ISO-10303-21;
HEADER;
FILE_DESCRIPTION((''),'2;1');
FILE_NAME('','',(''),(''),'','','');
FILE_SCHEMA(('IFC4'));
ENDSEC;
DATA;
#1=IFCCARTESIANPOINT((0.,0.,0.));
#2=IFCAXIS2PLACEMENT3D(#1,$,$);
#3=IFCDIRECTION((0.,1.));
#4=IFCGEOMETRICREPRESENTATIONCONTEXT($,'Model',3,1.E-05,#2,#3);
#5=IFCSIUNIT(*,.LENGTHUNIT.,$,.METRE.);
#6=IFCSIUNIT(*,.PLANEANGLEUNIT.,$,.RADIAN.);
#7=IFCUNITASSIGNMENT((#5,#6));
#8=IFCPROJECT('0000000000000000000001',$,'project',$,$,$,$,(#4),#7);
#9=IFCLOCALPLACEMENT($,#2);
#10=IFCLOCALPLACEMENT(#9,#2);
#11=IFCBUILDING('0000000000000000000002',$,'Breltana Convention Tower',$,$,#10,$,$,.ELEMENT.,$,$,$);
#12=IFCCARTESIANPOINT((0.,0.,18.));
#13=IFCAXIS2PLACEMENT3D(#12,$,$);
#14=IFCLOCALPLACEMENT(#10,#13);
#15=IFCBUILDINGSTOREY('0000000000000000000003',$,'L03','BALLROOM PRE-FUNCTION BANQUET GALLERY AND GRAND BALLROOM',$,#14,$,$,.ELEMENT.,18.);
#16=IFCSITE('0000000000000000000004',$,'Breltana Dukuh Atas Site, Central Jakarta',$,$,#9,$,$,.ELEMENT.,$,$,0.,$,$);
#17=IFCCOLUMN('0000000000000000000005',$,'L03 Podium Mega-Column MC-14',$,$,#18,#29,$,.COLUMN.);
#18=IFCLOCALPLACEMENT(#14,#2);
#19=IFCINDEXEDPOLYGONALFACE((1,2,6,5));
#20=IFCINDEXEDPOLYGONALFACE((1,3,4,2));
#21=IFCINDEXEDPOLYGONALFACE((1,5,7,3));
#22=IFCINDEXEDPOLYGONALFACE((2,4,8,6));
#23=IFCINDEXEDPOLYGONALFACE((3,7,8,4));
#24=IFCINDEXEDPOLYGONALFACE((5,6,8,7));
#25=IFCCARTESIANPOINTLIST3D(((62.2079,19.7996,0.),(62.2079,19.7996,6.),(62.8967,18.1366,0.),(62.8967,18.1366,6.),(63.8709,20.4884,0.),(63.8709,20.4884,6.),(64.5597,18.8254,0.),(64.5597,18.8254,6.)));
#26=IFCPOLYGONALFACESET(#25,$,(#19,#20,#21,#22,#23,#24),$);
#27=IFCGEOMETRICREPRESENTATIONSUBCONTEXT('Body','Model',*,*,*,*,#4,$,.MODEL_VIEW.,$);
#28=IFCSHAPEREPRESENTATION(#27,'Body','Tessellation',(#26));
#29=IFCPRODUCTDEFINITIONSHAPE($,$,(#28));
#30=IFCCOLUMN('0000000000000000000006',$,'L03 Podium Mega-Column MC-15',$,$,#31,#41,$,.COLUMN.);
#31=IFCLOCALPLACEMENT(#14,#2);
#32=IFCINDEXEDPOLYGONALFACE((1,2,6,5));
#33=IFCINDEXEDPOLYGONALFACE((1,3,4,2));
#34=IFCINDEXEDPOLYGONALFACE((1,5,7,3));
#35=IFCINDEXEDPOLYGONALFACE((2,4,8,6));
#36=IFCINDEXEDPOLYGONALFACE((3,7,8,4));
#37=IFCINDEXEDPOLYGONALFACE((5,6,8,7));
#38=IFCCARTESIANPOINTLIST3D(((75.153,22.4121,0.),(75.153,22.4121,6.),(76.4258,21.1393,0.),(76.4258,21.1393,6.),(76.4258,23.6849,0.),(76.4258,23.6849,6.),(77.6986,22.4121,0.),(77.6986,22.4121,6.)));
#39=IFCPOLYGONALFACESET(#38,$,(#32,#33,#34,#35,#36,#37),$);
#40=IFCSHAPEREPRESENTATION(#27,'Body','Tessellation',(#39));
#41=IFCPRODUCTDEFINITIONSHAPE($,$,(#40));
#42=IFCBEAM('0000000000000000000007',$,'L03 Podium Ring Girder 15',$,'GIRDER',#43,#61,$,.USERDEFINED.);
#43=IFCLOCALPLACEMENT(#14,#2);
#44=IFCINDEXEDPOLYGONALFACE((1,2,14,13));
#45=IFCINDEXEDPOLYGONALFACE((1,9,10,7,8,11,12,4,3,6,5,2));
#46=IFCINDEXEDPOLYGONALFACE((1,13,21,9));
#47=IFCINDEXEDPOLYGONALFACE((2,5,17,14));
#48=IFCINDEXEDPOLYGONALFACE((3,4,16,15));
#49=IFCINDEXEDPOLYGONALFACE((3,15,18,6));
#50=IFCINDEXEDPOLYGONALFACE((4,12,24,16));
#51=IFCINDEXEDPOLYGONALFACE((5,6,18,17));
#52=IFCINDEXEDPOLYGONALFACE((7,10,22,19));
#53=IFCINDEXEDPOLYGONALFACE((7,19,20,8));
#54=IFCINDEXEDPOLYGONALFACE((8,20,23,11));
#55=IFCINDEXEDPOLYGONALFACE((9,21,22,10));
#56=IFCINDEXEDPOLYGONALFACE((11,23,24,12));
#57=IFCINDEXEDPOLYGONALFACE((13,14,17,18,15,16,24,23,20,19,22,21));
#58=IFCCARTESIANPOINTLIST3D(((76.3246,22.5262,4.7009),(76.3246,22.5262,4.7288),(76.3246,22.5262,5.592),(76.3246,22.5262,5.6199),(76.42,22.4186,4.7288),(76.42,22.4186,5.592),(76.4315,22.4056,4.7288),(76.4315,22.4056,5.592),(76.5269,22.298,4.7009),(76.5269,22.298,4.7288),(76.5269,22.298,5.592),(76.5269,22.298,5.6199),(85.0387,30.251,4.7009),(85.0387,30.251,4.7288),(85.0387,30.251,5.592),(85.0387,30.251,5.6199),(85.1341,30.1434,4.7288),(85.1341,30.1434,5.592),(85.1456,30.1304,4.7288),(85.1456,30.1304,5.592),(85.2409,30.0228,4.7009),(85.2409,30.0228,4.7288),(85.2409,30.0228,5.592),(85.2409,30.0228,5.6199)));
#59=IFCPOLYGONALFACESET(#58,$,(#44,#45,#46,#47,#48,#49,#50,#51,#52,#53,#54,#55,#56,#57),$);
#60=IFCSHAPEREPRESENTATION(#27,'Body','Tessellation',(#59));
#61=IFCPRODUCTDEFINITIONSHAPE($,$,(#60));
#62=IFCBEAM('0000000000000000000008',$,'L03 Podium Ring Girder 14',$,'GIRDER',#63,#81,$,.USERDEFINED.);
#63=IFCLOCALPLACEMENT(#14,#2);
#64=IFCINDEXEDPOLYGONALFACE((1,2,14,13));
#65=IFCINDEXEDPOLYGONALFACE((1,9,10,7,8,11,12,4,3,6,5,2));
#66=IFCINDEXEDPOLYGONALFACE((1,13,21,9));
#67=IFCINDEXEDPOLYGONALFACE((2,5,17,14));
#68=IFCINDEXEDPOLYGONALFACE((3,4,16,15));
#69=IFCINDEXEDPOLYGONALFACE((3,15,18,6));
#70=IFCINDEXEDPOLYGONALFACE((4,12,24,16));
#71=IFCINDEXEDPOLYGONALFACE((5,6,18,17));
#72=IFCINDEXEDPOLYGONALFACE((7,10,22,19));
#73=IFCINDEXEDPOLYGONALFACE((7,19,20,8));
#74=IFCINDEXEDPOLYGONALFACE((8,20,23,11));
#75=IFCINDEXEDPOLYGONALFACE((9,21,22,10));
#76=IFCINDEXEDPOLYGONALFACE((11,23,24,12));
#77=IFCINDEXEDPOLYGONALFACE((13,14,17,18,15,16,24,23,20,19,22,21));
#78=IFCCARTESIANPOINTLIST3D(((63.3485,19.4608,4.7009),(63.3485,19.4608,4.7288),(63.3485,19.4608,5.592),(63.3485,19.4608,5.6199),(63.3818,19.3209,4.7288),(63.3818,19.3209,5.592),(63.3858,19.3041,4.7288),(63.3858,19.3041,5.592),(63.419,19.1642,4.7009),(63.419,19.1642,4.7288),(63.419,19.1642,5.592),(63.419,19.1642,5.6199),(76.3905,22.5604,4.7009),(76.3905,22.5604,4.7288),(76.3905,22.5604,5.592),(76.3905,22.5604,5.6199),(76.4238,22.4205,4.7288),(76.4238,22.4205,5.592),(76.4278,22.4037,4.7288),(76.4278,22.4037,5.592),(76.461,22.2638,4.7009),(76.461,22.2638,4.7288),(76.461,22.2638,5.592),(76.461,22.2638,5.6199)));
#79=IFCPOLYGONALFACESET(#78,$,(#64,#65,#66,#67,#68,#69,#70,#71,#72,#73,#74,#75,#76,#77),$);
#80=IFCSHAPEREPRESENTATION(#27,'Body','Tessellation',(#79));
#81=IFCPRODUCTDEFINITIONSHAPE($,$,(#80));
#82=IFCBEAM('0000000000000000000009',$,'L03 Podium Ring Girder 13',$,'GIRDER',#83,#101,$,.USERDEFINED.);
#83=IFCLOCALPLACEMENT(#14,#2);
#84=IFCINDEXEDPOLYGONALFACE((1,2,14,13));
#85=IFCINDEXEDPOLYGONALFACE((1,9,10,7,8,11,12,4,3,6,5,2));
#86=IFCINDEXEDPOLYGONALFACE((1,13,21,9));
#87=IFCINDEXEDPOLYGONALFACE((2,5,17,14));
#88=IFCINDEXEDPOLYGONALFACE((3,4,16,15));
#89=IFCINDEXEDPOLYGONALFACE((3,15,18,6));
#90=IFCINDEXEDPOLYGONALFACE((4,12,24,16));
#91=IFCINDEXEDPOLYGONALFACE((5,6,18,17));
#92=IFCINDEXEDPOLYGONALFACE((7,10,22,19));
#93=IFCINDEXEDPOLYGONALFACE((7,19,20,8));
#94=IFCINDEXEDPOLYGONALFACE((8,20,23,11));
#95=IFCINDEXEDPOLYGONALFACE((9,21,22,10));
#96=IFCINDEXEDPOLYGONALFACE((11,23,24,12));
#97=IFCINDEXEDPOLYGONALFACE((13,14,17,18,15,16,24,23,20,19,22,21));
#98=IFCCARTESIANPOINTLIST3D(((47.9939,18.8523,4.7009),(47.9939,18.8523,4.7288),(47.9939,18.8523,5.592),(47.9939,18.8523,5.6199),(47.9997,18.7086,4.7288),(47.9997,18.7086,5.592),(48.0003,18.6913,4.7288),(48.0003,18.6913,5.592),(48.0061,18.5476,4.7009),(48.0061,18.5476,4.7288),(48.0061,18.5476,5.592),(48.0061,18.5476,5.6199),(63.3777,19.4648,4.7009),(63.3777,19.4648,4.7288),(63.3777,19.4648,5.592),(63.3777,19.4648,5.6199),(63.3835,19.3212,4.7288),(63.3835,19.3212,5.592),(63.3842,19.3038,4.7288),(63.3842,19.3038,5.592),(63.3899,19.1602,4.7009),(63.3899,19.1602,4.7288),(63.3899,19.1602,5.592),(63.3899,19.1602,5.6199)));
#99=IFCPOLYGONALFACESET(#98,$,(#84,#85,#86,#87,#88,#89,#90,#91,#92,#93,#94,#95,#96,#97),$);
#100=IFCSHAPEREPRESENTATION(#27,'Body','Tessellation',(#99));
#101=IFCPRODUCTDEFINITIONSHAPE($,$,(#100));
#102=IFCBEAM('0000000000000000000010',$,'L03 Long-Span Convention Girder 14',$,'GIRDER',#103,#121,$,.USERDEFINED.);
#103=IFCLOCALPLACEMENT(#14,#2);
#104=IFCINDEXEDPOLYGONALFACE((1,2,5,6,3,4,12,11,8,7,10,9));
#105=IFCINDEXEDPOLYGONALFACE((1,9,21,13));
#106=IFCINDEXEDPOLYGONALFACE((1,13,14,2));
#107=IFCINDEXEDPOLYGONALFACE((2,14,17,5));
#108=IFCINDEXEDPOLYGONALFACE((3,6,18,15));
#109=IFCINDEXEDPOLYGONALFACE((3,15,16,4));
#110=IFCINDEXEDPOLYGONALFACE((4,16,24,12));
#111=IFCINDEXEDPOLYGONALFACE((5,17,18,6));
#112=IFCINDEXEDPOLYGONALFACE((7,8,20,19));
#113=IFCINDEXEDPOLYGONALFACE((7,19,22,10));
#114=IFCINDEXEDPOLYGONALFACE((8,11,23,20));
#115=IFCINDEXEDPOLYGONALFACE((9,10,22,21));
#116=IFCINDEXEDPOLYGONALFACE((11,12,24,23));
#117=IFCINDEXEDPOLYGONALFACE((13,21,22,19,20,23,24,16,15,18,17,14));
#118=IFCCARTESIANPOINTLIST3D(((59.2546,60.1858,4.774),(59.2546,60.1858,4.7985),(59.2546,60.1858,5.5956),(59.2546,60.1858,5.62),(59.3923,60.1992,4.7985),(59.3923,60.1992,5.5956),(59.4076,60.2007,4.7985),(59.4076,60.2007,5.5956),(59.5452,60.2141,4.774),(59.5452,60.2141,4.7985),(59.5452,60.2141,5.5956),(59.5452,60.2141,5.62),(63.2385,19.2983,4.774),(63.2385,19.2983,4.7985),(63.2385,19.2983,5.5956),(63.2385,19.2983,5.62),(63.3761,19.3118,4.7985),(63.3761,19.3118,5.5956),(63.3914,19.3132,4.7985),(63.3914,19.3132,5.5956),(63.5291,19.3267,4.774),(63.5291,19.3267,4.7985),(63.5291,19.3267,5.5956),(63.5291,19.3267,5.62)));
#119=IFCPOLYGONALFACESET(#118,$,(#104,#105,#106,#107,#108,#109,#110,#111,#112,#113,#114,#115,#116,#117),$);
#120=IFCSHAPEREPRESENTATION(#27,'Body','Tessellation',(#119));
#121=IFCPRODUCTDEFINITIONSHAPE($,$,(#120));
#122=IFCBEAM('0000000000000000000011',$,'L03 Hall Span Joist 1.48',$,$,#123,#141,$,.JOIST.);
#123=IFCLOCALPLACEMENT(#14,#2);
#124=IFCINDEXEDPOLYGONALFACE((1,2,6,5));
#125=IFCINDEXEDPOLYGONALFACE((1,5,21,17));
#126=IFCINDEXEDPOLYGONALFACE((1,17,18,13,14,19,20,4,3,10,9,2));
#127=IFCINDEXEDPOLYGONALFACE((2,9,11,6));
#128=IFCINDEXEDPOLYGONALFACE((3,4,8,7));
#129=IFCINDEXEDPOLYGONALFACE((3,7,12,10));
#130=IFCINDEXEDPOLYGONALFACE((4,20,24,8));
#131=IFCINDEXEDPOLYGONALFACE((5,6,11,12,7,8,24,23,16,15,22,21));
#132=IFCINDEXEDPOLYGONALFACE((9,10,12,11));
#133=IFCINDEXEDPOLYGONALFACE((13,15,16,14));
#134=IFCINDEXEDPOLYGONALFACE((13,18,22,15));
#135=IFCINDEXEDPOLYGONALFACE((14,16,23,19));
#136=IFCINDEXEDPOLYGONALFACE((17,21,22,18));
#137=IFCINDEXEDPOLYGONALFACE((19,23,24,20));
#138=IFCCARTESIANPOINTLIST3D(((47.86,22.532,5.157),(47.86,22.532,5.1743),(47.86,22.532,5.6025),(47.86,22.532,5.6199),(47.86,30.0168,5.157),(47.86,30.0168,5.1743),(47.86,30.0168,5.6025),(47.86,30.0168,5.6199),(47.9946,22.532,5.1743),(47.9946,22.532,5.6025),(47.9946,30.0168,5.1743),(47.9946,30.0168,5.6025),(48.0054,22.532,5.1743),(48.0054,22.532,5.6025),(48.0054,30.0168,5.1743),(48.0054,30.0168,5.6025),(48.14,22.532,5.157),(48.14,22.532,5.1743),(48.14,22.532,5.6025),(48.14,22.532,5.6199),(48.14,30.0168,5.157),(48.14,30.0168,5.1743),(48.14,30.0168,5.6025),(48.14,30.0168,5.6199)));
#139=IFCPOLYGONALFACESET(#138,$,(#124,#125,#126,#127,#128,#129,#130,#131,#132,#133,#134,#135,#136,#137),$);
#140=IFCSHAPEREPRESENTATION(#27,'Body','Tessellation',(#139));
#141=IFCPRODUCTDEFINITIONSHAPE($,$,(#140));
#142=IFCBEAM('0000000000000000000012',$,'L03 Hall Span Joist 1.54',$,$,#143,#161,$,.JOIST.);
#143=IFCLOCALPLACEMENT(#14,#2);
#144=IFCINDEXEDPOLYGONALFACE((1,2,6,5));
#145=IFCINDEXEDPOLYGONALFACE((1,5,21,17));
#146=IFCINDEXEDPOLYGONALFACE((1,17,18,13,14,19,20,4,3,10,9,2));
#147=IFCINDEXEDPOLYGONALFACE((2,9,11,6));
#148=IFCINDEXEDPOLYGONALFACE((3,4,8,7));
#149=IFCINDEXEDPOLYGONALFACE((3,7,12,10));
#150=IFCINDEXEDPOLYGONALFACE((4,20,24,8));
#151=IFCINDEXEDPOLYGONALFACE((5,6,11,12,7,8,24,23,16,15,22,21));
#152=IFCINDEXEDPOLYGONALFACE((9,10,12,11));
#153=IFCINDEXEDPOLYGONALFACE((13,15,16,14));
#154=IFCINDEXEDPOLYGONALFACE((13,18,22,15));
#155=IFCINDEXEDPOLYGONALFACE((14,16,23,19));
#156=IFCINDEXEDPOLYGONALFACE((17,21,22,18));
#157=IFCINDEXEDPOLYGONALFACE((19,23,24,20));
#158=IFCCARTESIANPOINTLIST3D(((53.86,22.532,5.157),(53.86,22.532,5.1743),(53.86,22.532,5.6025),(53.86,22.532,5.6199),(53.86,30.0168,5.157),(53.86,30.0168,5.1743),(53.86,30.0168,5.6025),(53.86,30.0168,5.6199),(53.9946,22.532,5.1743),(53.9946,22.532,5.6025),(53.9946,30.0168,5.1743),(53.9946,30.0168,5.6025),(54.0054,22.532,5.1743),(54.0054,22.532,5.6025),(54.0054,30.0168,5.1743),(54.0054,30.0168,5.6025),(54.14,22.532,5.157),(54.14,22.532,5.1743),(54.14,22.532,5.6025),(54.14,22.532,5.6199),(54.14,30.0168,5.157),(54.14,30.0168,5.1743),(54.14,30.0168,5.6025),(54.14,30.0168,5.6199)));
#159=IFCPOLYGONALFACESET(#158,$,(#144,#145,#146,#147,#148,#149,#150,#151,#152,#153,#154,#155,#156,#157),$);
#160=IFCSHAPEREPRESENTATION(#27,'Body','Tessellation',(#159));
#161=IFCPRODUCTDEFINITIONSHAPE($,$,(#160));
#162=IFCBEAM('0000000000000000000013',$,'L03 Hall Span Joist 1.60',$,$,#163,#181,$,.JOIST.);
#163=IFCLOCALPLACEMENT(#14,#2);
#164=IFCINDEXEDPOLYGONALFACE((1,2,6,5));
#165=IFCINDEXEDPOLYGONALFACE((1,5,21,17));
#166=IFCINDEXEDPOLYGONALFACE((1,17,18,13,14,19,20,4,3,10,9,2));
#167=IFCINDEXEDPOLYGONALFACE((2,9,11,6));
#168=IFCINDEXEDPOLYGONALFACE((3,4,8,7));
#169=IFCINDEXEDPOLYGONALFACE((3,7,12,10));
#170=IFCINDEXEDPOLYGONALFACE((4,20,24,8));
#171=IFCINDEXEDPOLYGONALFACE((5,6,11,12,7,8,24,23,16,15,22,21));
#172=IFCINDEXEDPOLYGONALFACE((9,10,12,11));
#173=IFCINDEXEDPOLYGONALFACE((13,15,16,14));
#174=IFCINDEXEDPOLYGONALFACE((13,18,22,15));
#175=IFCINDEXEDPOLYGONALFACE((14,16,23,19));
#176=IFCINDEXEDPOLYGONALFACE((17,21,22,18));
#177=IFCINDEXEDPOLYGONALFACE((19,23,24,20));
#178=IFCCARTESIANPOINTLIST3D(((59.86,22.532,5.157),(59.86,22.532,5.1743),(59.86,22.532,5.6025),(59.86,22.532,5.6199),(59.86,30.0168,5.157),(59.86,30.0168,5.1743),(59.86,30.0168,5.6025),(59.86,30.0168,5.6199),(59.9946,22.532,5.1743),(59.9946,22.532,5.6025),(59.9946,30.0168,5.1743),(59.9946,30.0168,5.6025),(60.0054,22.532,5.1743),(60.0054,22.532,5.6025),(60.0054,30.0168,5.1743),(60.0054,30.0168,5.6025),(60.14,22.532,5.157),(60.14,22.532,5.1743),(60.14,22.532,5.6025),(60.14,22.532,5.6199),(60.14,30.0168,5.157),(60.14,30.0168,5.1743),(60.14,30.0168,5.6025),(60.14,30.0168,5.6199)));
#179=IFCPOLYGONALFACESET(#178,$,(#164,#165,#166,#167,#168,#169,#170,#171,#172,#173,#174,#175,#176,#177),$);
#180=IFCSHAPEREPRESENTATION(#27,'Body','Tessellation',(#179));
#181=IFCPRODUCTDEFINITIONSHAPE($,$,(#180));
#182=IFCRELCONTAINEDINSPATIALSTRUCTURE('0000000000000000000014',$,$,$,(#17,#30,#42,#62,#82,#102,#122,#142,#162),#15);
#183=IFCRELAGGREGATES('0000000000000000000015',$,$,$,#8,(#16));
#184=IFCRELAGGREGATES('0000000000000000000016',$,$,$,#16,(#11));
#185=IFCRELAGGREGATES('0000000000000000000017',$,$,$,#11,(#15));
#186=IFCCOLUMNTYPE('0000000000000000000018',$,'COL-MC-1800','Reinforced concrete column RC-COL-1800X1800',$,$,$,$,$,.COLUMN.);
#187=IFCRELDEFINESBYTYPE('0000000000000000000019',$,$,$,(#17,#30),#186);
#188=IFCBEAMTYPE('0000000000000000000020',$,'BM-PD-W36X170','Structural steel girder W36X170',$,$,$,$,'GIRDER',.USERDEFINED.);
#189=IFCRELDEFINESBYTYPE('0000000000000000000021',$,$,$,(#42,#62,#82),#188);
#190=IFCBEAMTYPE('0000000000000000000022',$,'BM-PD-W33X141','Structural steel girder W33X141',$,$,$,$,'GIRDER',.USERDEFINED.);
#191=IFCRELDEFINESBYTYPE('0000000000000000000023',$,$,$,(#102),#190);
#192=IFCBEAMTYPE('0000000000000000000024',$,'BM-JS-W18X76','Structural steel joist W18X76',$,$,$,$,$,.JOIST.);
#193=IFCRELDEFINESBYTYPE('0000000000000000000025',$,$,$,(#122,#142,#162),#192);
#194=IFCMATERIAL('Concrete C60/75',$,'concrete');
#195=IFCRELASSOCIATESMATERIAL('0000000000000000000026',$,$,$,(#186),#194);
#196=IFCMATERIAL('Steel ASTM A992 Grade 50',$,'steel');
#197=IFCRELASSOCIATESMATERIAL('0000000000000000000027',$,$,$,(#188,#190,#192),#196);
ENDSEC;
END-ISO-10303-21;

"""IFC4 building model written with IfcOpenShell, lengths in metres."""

from ifc_helpers import new_model, si_unit, direction, frame, origin, origin_2d, place, context, subcontext, project, spatial, rectangle, i_section, extrude, source, transform, mapped, material, material_profile, profile_set, type_object, type_shapes, element, save


model = new_model("IFC4")

# Units and contexts
model_context = context("Model", 3, precision=1e-05, world=origin(), true_north=direction((0.0, 1.0)))
body_context = subcontext(model_context, "Body", "Model", "MODEL_VIEW")
ifc_project = project(units=[si_unit("LENGTHUNIT", "METRE"), si_unit("PLANEANGLEUNIT", "RADIAN")], contexts=[model_context])

# Site, building, storey
site_placement = place(None, origin())
site = spatial("IfcSite", under=ifc_project, at=site_placement, Name="Breltana Dukuh Atas Site, Central Jakarta", CompositionType="ELEMENT", RefElevation=0.0)
building_placement = place(site_placement, origin())
building = spatial("IfcBuilding", under=site, at=building_placement, Name="Breltana Convention Tower", CompositionType="ELEMENT")
storey_placement = place(building_placement, frame((0.0, 0.0, 18.0)))
storey = spatial("IfcBuildingStorey", under=building, at=storey_placement, Name="L03", Description="BALLROOM PRE-FUNCTION BANQUET GALLERY AND GRAND BALLROOM", CompositionType="ELEMENT", Elevation=18.0)

# Columns
ifc_material_1 = material(Name="Concrete C60/75", Category="concrete")
ifc_material_profile_1 = material_profile(ifc_material_1, rectangle(XDim=1.8, YDim=1.8, at=origin_2d()), Name="RC-COL-1800X1800")
ifc_profile_set_1 = profile_set([ifc_material_profile_1], Name="Concrete C60/75")
column_type = type_object("IfcColumnType", Name="COL-MC-1800", Description="Reinforced concrete column RC-COL-1800X1800", PredefinedType="COLUMN", material=ifc_profile_set_1)
shared_shape_1 = source(origin(), body_context, "Body", "SweptSolid", [
    extrude(rectangle(XDim=1.8, YDim=1.8, at=origin_2d()), origin(), (0.0, 0.0, 1.0), 6.0),
])
type_shapes(column_type, [shared_shape_1])
for number, where, z_axis, x_axis, name in (
    (1, (63.3838, 19.3125, 0.0), (0.0, 0.0, 1.0), (0.382683, -0.92388, 0.0), "L03 Podium Mega-Column MC-14"),
    (2, (76.4258, 22.4121, 0.0), (0.0, 0.0, 1.0), (0.707107, -0.707107, 0.0), "L03 Podium Mega-Column MC-15"),
):
    element("IfcColumn", number, at=place(storey_placement, frame(where, z_axis=z_axis, x_axis=x_axis)), inside=storey, type_object=column_type, Name=name, PredefinedType="COLUMN", context=body_context, shape_type="MappedRepresentation", body=[
        mapped(shared_shape_1, transform((0.0, 0.0, 0.0), scale=1.0)),
    ])

# Beams
ifc_material_2 = material(Name="Steel ASTM A992 Grade 50", Category="steel")
ifc_material_profile_2 = material_profile(ifc_material_2, i_section(OverallWidth=0.3049, OverallDepth=0.9189, WebThickness=0.0173, FlangeThickness=0.0278, at=origin_2d()), Name="W36X170")
ifc_profile_set_2 = profile_set([ifc_material_profile_2], Name="Steel ASTM A992 Grade 50")
beam_type_1 = type_object("IfcBeamType", Name="BM-PD-W36X170", Description="Structural steel girder W36X170", ElementType="GIRDER", PredefinedType="USERDEFINED", material=ifc_profile_set_2)
shared_shape_2 = source(origin(), body_context, "Body", "SweptSolid", [
    extrude(i_section(OverallWidth=0.3049, OverallDepth=0.9189, WebThickness=0.0173, FlangeThickness=0.0278, at=origin_2d()), origin(), (0.0, 0.0, 1.0), 11.645),
])
beam_1_placement = place(storey_placement, frame((76.4258, 22.4121, 5.1604), z_axis=(0.748305, 0.663355, 0.0), x_axis=(-0.663355, 0.748305, 0.0)))
element("IfcBeam", 3, at=beam_1_placement, inside=storey, type_object=beam_type_1, Name="L03 Podium Ring Girder 15", ObjectType="GIRDER", PredefinedType="USERDEFINED", context=body_context, shape_type="MappedRepresentation", body=[
    mapped(shared_shape_2, transform((0.0, 0.0, 0.0), scale=1.0)),
])
shared_shape_3 = source(origin(), body_context, "Body", "SweptSolid", [
    extrude(i_section(OverallWidth=0.3049, OverallDepth=0.9189, WebThickness=0.0173, FlangeThickness=0.0278, at=origin_2d()), origin(), (0.0, 0.0, 1.0), 13.4053),
])
beam_2_placement = place(storey_placement, frame((63.3838, 19.3125, 5.1604), z_axis=(0.972901, 0.231223, 0.0), x_axis=(-0.231223, 0.972901, 0.0)))
element("IfcBeam", 4, at=beam_2_placement, inside=storey, type_object=beam_type_1, Name="L03 Podium Ring Girder 14", ObjectType="GIRDER", PredefinedType="USERDEFINED", context=body_context, shape_type="MappedRepresentation", body=[
    mapped(shared_shape_3, transform((0.0, 0.0, 0.0), scale=1.0)),
])
shared_shape_4 = source(origin(), body_context, "Body", "SweptSolid", [
    extrude(i_section(OverallWidth=0.3049, OverallDepth=0.9189, WebThickness=0.0173, FlangeThickness=0.0278, at=origin_2d()), origin(), (0.0, 0.0, 1.0), 15.396),
])
beam_3_placement = place(storey_placement, frame((48.0, 18.7, 5.1604), z_axis=(0.999208, 0.039786, 0.0), x_axis=(-0.039786, 0.999208, 0.0)))
element("IfcBeam", 5, at=beam_3_placement, inside=storey, type_object=beam_type_1, Name="L03 Podium Ring Girder 13", ObjectType="GIRDER", PredefinedType="USERDEFINED", context=body_context, shape_type="MappedRepresentation", body=[
    mapped(shared_shape_4, transform((0.0, 0.0, 0.0), scale=1.0)),
])
ifc_material_profile_3 = material_profile(ifc_material_2, i_section(OverallWidth=0.292, OverallDepth=0.8459, WebThickness=0.0154, FlangeThickness=0.0244, at=origin_2d()), Name="W33X141")
ifc_profile_set_3 = profile_set([ifc_material_profile_3], Name="Steel ASTM A992 Grade 50")
beam_type_2 = type_object("IfcBeamType", Name="BM-PD-W33X141", Description="Structural steel girder W33X141", ElementType="GIRDER", PredefinedType="USERDEFINED", material=ifc_profile_set_3)
shared_shape_5 = source(origin(), body_context, "Body", "SweptSolid", [
    extrude(i_section(OverallWidth=0.292, OverallDepth=0.8459, WebThickness=0.0154, FlangeThickness=0.0244, at=origin_2d()), origin(), (0.0, 0.0, 1.0), 41.0811),
])
beam_4_placement = place(storey_placement, frame((63.3838, 19.3125, 5.197), z_axis=(-0.096976, 0.995287, 0.0), x_axis=(-0.995287, -0.096976, 0.0)))
element("IfcBeam", 6, at=beam_4_placement, inside=storey, type_object=beam_type_2, Name="L03 Long-Span Convention Girder 14", ObjectType="GIRDER", PredefinedType="USERDEFINED", context=body_context, shape_type="MappedRepresentation", body=[
    mapped(shared_shape_5, transform((0.0, 0.0, 0.0), scale=1.0)),
])
ifc_material_profile_4 = material_profile(ifc_material_2, i_section(OverallWidth=0.28, OverallDepth=0.4629, WebThickness=0.0107, FlangeThickness=0.0173, at=origin_2d()), Name="W18X76")
ifc_profile_set_4 = profile_set([ifc_material_profile_4], Name="Steel ASTM A992 Grade 50")
beam_type_3 = type_object("IfcBeamType", Name="BM-JS-W18X76", Description="Structural steel joist W18X76", PredefinedType="JOIST", material=ifc_profile_set_4)
shared_shape_6 = source(origin(), body_context, "Body", "SweptSolid", [
    extrude(i_section(OverallWidth=0.28, OverallDepth=0.4629, WebThickness=0.0107, FlangeThickness=0.0173, at=origin_2d()), origin(), (0.0, 0.0, 1.0), 7.4849),
])
type_shapes(beam_type_3, [shared_shape_6])
for number, where, z_axis, x_axis, name in (
    (7, (48.0, 22.532, 5.3884), (0.0, 1.0, 0.0), (-1.0, 0.0, 0.0), "L03 Hall Span Joist 1.48"),
    (8, (54.0, 22.532, 5.3884), (0.0, 1.0, 0.0), (-1.0, 0.0, 0.0), "L03 Hall Span Joist 1.54"),
    (9, (60.0, 22.532, 5.3884), (0.0, 1.0, 0.0), (-1.0, 0.0, 0.0), "L03 Hall Span Joist 1.60"),
):
    element("IfcBeam", number, at=place(storey_placement, frame(where, z_axis=z_axis, x_axis=x_axis)), inside=storey, type_object=beam_type_3, Name=name, PredefinedType="JOIST", context=body_context, shape_type="MappedRepresentation", body=[
        mapped(shared_shape_6, transform((0.0, 0.0, 0.0), scale=1.0)),
    ])

save(model, "model.ifc")
